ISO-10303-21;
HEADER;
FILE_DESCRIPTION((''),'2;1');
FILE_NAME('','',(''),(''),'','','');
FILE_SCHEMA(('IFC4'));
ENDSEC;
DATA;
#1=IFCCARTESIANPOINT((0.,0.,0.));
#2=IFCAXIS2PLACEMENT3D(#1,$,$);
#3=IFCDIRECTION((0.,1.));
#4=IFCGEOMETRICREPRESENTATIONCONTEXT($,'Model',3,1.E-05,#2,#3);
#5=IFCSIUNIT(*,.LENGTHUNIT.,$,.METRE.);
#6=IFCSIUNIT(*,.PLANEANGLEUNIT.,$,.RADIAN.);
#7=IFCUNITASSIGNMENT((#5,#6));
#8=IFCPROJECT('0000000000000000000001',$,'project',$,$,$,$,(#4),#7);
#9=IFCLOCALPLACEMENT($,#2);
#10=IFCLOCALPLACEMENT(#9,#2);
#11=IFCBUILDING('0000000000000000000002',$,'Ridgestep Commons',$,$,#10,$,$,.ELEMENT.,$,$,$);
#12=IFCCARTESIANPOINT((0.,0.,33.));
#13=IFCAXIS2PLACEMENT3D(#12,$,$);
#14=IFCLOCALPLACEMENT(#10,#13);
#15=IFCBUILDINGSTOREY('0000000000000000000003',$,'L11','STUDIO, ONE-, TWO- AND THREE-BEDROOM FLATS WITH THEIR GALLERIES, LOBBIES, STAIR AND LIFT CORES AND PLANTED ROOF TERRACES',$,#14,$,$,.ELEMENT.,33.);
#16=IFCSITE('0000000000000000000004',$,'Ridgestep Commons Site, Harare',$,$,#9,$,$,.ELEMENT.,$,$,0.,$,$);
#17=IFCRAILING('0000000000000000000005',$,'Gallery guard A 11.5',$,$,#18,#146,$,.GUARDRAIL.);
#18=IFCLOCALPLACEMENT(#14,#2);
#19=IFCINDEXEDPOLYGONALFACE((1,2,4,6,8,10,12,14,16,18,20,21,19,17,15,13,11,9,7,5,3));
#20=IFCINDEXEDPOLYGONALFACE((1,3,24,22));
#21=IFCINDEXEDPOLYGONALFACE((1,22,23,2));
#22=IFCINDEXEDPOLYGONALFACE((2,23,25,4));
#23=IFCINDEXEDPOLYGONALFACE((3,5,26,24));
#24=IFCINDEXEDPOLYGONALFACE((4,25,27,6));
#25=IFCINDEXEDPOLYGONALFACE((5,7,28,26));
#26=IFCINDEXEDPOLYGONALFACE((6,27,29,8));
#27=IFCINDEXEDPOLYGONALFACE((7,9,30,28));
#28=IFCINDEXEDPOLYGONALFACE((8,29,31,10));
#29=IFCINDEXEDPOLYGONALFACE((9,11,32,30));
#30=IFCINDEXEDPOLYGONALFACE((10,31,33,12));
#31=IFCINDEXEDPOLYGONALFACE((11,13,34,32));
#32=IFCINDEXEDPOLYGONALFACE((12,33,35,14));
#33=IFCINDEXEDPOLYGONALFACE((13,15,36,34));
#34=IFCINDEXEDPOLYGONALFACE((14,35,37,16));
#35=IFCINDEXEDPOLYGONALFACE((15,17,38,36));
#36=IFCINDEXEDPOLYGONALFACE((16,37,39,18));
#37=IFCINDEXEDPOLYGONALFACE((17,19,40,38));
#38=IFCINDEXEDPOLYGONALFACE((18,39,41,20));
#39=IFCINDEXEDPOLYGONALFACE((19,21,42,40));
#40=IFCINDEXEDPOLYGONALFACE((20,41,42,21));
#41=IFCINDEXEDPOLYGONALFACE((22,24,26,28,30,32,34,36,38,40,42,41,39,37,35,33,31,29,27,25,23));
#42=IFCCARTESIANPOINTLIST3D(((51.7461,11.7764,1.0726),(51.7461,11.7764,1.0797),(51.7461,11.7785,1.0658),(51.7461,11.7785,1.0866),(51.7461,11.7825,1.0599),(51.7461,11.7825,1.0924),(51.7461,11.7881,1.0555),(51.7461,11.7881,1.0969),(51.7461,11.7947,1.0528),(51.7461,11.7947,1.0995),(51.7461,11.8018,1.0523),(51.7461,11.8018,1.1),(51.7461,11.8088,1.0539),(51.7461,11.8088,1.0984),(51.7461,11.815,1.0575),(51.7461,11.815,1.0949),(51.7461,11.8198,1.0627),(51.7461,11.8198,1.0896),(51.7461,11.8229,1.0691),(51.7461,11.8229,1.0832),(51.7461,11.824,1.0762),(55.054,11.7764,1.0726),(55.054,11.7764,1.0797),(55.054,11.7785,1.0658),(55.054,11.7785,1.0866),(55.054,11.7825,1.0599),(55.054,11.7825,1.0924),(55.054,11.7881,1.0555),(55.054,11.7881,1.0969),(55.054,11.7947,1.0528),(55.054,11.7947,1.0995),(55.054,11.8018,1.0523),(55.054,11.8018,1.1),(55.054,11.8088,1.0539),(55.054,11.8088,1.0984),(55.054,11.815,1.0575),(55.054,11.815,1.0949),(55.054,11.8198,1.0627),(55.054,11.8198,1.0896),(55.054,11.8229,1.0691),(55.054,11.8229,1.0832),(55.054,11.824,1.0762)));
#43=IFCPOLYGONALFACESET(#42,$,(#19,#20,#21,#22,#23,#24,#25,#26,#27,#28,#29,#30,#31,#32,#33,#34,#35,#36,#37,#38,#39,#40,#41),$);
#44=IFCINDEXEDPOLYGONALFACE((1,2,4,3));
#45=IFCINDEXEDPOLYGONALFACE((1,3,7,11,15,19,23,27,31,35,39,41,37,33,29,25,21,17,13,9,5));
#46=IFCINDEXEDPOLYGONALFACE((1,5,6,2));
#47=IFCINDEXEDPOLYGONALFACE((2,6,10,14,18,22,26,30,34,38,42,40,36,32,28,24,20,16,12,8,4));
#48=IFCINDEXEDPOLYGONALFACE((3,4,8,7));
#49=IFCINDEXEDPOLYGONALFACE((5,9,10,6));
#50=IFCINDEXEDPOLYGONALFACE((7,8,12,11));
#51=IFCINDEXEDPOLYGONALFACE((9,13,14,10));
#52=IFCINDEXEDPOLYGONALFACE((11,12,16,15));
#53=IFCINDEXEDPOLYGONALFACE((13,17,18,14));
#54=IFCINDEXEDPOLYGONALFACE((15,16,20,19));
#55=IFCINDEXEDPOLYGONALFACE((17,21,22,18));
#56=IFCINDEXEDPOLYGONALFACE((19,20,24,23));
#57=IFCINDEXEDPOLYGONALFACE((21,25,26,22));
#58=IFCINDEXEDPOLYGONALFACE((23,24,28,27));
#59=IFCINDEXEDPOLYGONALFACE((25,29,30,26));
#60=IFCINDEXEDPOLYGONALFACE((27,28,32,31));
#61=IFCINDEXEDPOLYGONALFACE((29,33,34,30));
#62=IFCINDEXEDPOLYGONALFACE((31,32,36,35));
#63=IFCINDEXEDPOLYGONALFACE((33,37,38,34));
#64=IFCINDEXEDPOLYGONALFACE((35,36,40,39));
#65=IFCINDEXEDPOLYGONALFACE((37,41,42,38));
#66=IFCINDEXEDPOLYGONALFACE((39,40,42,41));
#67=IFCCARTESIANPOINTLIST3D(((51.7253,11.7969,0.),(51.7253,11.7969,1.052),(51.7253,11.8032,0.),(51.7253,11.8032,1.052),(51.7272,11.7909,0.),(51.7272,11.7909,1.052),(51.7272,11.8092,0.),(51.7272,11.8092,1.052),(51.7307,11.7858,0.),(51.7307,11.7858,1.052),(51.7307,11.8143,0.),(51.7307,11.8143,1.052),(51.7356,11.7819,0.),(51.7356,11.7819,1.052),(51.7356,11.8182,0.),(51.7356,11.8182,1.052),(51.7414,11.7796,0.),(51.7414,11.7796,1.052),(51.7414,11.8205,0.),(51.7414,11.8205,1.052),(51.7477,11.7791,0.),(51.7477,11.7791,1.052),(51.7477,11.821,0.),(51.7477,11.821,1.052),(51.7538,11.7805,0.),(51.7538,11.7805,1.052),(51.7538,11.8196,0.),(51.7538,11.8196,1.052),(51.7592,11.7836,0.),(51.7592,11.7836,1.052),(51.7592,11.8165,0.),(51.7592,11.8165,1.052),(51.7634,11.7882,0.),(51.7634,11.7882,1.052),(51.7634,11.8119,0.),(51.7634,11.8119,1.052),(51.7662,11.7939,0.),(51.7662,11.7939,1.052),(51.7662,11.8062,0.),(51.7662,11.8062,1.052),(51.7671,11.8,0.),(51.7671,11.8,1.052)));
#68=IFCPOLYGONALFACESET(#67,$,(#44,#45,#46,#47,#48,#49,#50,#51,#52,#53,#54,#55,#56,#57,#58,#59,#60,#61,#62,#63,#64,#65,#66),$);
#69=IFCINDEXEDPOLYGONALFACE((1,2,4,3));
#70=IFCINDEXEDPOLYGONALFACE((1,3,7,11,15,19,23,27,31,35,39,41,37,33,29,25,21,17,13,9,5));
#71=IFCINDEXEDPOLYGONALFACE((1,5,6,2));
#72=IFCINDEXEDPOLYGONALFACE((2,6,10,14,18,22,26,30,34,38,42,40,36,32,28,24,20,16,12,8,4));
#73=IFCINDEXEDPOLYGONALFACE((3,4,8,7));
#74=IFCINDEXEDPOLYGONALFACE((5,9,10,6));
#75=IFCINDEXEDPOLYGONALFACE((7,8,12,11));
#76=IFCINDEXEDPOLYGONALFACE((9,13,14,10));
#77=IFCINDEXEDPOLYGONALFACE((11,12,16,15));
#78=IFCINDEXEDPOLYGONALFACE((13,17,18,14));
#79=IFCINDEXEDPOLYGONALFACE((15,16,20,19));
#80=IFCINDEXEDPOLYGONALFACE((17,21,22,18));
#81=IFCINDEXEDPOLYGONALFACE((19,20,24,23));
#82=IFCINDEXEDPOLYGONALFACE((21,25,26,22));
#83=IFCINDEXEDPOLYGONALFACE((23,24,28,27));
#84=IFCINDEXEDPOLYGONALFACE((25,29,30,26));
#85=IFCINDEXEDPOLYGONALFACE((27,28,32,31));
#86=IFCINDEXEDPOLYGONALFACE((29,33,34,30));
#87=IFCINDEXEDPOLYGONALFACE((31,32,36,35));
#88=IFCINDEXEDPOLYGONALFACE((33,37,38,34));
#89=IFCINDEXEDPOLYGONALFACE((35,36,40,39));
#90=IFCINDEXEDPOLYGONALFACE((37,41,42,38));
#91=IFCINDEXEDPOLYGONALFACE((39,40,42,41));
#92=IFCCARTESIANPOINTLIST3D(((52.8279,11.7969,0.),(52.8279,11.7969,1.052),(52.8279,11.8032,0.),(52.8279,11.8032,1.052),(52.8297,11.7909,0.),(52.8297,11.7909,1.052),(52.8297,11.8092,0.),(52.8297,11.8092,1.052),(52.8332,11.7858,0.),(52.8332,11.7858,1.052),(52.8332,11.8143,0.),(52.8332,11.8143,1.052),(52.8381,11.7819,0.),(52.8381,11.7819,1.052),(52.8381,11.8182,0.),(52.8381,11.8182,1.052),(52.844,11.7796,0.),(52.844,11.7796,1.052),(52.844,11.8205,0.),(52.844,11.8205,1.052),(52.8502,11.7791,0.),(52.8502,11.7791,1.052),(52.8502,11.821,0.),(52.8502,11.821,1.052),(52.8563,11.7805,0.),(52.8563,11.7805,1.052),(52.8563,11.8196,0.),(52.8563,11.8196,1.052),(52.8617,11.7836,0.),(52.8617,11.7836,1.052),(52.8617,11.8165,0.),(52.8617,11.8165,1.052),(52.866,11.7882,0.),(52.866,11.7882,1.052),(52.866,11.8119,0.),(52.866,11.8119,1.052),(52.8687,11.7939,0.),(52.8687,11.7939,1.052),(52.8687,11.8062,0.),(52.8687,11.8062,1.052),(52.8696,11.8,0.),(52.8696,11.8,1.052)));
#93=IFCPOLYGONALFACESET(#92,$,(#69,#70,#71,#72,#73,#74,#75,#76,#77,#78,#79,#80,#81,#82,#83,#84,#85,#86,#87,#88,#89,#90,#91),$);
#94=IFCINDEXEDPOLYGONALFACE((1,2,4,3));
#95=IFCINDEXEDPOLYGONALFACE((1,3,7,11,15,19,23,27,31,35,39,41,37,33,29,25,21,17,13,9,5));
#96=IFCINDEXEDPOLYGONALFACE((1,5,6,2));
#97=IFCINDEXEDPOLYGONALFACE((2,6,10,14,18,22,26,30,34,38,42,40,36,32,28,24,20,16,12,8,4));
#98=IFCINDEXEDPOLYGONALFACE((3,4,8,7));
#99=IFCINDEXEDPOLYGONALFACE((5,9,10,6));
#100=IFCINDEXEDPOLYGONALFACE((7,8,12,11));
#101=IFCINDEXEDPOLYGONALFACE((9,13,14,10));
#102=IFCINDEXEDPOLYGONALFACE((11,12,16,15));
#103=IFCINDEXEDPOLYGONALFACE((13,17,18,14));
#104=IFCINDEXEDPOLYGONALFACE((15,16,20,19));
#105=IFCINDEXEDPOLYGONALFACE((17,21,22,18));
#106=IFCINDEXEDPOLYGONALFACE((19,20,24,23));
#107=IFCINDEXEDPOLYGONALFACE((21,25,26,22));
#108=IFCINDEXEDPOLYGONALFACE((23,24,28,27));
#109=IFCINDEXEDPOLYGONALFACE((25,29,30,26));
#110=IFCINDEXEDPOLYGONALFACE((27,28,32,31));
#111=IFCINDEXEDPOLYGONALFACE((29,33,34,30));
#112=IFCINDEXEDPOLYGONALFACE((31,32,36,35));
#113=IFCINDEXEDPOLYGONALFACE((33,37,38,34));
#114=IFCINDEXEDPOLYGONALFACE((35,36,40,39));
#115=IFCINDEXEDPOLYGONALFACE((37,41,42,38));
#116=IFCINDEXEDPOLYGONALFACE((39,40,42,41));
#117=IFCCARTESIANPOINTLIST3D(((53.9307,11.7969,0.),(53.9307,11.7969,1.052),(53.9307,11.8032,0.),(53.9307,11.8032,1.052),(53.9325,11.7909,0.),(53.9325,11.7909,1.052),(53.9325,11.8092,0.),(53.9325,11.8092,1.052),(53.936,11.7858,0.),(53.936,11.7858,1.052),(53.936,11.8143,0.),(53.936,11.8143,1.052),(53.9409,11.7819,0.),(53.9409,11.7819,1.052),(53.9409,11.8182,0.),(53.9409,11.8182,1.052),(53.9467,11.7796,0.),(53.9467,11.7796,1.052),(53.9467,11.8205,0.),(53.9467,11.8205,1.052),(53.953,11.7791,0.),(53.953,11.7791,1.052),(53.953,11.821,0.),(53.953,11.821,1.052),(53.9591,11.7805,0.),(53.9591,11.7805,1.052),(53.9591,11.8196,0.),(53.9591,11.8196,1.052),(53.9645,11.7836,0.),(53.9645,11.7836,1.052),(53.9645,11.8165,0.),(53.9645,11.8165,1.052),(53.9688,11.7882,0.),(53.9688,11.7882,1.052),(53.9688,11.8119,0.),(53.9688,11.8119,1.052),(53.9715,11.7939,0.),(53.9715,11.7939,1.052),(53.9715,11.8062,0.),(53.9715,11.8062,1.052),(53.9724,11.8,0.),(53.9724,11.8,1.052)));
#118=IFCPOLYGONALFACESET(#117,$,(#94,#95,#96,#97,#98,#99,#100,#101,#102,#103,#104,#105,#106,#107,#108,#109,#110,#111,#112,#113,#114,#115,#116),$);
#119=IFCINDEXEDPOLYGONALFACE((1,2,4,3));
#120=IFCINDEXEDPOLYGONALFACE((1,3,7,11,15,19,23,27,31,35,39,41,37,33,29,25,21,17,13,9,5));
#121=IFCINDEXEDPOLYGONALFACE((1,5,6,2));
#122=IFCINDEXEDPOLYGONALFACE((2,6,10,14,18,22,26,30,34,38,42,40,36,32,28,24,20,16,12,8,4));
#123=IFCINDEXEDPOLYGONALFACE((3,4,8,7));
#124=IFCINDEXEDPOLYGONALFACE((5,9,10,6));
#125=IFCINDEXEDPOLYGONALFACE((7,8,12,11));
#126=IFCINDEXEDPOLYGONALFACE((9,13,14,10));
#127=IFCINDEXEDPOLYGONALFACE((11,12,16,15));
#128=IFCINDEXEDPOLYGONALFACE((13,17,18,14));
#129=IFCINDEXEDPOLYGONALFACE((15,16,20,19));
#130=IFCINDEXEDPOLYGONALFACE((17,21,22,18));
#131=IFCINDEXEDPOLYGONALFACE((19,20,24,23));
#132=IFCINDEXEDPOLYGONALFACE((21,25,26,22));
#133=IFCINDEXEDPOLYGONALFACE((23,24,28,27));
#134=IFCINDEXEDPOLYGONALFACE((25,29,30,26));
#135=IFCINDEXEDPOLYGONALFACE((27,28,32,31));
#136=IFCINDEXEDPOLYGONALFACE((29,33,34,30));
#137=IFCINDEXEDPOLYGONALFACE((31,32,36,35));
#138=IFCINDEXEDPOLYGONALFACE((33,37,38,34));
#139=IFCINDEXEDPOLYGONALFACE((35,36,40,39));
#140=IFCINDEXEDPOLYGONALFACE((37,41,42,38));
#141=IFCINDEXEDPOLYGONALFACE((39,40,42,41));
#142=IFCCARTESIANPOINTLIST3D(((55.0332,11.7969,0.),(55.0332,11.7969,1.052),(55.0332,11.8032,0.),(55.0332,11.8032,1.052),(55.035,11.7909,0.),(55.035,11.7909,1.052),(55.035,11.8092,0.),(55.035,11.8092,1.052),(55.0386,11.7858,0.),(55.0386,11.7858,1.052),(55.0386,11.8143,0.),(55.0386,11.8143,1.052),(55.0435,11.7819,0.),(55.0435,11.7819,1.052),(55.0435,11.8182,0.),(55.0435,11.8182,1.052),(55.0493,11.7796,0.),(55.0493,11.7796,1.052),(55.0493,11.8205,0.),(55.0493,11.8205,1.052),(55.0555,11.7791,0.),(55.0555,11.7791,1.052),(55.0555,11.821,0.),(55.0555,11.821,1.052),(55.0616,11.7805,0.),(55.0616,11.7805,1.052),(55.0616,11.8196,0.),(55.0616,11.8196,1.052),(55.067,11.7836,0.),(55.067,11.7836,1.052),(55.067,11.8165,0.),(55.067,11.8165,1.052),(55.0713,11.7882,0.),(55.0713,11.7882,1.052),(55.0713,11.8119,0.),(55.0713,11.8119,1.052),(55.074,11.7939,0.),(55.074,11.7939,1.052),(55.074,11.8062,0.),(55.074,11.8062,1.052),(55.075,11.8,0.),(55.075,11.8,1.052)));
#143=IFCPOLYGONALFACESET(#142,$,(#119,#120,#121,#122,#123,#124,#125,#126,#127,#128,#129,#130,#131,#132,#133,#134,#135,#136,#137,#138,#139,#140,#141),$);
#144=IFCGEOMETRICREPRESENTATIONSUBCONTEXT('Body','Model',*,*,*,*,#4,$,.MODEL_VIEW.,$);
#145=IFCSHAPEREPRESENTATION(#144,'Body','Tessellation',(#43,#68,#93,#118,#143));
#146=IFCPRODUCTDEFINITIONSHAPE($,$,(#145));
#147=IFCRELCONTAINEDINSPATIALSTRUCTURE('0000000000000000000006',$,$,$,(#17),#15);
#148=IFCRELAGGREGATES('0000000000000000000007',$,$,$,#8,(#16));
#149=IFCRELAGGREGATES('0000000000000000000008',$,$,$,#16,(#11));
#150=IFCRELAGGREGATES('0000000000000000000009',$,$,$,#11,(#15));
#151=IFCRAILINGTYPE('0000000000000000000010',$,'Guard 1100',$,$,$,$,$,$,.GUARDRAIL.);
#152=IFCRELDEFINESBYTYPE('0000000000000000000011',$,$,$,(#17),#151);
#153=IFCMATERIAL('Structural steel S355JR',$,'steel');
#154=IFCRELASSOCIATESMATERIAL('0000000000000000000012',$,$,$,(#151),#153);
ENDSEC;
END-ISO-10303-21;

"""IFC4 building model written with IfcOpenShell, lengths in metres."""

from ifc_helpers import new_model, si_unit, direction, frame, origin, origin_2d, place, context, subcontext, project, spatial, circle, extrude, material, type_object, element, save


model = new_model("IFC4")

# Units and contexts
model_context = context("Model", 3, precision=1e-05, world=origin(), true_north=direction((0.0, 1.0)))
body_context = subcontext(model_context, "Body", "Model", "MODEL_VIEW")
ifc_project = project(units=[si_unit("LENGTHUNIT", "METRE"), si_unit("PLANEANGLEUNIT", "RADIAN")], contexts=[model_context])

# Site, building, storey
site_placement = place(None, origin())
site = spatial("IfcSite", under=ifc_project, at=site_placement, Name="Ridgestep Commons Site, Harare", CompositionType="ELEMENT", RefElevation=0.0)
building_placement = place(site_placement, origin())
building = spatial("IfcBuilding", under=site, at=building_placement, Name="Ridgestep Commons", CompositionType="ELEMENT")
storey_placement = place(building_placement, frame((0.0, 0.0, 33.0)))
storey = spatial("IfcBuildingStorey", under=building, at=storey_placement, Name="L11", Description="STUDIO, ONE-, TWO- AND THREE-BEDROOM FLATS WITH THEIR GALLERIES, LOBBIES, STAIR AND LIFT CORES AND PLANTED ROOF TERRACES", CompositionType="ELEMENT", Elevation=33.0)

# Railing
ifc_material_1 = material(Name="Structural steel S355JR", Category="steel")
railing_type = type_object("IfcRailingType", Name="Guard 1100", PredefinedType="GUARDRAIL", material=ifc_material_1)
railing_1_placement = place(storey_placement, frame((51.7461, 11.8, 0.0)))
element("IfcRailing", 1, at=railing_1_placement, inside=storey, type_object=railing_type, Name="Gallery guard A 11.5", PredefinedType="GUARDRAIL", context=body_context, shape_type="SweptSolid", body=[
    extrude(circle(Radius=0.0239, at=origin_2d()), frame((0.0, 0.0, 1.0762), z_axis=(1.0, 0.0, 0.0), x_axis=(0.0, 1.0, 0.0)), (0.0, 0.0, 1.0), 3.3079),
    extrude(circle(Radius=0.021, at=origin_2d()), origin(), (0.0, 0.0, 1.0), 1.052),
    extrude(circle(Radius=0.021, at=origin_2d()), frame((1.1025, 0.0, 0.0)), (0.0, 0.0, 1.0), 1.052),
    extrude(circle(Radius=0.021, at=origin_2d()), frame((2.2053, 0.0, 0.0)), (0.0, 0.0, 1.0), 1.052),
    extrude(circle(Radius=0.021, at=origin_2d()), frame((3.3079, 0.0, 0.0)), (0.0, 0.0, 1.0), 1.052),
])

save(model, "model.ifc")
